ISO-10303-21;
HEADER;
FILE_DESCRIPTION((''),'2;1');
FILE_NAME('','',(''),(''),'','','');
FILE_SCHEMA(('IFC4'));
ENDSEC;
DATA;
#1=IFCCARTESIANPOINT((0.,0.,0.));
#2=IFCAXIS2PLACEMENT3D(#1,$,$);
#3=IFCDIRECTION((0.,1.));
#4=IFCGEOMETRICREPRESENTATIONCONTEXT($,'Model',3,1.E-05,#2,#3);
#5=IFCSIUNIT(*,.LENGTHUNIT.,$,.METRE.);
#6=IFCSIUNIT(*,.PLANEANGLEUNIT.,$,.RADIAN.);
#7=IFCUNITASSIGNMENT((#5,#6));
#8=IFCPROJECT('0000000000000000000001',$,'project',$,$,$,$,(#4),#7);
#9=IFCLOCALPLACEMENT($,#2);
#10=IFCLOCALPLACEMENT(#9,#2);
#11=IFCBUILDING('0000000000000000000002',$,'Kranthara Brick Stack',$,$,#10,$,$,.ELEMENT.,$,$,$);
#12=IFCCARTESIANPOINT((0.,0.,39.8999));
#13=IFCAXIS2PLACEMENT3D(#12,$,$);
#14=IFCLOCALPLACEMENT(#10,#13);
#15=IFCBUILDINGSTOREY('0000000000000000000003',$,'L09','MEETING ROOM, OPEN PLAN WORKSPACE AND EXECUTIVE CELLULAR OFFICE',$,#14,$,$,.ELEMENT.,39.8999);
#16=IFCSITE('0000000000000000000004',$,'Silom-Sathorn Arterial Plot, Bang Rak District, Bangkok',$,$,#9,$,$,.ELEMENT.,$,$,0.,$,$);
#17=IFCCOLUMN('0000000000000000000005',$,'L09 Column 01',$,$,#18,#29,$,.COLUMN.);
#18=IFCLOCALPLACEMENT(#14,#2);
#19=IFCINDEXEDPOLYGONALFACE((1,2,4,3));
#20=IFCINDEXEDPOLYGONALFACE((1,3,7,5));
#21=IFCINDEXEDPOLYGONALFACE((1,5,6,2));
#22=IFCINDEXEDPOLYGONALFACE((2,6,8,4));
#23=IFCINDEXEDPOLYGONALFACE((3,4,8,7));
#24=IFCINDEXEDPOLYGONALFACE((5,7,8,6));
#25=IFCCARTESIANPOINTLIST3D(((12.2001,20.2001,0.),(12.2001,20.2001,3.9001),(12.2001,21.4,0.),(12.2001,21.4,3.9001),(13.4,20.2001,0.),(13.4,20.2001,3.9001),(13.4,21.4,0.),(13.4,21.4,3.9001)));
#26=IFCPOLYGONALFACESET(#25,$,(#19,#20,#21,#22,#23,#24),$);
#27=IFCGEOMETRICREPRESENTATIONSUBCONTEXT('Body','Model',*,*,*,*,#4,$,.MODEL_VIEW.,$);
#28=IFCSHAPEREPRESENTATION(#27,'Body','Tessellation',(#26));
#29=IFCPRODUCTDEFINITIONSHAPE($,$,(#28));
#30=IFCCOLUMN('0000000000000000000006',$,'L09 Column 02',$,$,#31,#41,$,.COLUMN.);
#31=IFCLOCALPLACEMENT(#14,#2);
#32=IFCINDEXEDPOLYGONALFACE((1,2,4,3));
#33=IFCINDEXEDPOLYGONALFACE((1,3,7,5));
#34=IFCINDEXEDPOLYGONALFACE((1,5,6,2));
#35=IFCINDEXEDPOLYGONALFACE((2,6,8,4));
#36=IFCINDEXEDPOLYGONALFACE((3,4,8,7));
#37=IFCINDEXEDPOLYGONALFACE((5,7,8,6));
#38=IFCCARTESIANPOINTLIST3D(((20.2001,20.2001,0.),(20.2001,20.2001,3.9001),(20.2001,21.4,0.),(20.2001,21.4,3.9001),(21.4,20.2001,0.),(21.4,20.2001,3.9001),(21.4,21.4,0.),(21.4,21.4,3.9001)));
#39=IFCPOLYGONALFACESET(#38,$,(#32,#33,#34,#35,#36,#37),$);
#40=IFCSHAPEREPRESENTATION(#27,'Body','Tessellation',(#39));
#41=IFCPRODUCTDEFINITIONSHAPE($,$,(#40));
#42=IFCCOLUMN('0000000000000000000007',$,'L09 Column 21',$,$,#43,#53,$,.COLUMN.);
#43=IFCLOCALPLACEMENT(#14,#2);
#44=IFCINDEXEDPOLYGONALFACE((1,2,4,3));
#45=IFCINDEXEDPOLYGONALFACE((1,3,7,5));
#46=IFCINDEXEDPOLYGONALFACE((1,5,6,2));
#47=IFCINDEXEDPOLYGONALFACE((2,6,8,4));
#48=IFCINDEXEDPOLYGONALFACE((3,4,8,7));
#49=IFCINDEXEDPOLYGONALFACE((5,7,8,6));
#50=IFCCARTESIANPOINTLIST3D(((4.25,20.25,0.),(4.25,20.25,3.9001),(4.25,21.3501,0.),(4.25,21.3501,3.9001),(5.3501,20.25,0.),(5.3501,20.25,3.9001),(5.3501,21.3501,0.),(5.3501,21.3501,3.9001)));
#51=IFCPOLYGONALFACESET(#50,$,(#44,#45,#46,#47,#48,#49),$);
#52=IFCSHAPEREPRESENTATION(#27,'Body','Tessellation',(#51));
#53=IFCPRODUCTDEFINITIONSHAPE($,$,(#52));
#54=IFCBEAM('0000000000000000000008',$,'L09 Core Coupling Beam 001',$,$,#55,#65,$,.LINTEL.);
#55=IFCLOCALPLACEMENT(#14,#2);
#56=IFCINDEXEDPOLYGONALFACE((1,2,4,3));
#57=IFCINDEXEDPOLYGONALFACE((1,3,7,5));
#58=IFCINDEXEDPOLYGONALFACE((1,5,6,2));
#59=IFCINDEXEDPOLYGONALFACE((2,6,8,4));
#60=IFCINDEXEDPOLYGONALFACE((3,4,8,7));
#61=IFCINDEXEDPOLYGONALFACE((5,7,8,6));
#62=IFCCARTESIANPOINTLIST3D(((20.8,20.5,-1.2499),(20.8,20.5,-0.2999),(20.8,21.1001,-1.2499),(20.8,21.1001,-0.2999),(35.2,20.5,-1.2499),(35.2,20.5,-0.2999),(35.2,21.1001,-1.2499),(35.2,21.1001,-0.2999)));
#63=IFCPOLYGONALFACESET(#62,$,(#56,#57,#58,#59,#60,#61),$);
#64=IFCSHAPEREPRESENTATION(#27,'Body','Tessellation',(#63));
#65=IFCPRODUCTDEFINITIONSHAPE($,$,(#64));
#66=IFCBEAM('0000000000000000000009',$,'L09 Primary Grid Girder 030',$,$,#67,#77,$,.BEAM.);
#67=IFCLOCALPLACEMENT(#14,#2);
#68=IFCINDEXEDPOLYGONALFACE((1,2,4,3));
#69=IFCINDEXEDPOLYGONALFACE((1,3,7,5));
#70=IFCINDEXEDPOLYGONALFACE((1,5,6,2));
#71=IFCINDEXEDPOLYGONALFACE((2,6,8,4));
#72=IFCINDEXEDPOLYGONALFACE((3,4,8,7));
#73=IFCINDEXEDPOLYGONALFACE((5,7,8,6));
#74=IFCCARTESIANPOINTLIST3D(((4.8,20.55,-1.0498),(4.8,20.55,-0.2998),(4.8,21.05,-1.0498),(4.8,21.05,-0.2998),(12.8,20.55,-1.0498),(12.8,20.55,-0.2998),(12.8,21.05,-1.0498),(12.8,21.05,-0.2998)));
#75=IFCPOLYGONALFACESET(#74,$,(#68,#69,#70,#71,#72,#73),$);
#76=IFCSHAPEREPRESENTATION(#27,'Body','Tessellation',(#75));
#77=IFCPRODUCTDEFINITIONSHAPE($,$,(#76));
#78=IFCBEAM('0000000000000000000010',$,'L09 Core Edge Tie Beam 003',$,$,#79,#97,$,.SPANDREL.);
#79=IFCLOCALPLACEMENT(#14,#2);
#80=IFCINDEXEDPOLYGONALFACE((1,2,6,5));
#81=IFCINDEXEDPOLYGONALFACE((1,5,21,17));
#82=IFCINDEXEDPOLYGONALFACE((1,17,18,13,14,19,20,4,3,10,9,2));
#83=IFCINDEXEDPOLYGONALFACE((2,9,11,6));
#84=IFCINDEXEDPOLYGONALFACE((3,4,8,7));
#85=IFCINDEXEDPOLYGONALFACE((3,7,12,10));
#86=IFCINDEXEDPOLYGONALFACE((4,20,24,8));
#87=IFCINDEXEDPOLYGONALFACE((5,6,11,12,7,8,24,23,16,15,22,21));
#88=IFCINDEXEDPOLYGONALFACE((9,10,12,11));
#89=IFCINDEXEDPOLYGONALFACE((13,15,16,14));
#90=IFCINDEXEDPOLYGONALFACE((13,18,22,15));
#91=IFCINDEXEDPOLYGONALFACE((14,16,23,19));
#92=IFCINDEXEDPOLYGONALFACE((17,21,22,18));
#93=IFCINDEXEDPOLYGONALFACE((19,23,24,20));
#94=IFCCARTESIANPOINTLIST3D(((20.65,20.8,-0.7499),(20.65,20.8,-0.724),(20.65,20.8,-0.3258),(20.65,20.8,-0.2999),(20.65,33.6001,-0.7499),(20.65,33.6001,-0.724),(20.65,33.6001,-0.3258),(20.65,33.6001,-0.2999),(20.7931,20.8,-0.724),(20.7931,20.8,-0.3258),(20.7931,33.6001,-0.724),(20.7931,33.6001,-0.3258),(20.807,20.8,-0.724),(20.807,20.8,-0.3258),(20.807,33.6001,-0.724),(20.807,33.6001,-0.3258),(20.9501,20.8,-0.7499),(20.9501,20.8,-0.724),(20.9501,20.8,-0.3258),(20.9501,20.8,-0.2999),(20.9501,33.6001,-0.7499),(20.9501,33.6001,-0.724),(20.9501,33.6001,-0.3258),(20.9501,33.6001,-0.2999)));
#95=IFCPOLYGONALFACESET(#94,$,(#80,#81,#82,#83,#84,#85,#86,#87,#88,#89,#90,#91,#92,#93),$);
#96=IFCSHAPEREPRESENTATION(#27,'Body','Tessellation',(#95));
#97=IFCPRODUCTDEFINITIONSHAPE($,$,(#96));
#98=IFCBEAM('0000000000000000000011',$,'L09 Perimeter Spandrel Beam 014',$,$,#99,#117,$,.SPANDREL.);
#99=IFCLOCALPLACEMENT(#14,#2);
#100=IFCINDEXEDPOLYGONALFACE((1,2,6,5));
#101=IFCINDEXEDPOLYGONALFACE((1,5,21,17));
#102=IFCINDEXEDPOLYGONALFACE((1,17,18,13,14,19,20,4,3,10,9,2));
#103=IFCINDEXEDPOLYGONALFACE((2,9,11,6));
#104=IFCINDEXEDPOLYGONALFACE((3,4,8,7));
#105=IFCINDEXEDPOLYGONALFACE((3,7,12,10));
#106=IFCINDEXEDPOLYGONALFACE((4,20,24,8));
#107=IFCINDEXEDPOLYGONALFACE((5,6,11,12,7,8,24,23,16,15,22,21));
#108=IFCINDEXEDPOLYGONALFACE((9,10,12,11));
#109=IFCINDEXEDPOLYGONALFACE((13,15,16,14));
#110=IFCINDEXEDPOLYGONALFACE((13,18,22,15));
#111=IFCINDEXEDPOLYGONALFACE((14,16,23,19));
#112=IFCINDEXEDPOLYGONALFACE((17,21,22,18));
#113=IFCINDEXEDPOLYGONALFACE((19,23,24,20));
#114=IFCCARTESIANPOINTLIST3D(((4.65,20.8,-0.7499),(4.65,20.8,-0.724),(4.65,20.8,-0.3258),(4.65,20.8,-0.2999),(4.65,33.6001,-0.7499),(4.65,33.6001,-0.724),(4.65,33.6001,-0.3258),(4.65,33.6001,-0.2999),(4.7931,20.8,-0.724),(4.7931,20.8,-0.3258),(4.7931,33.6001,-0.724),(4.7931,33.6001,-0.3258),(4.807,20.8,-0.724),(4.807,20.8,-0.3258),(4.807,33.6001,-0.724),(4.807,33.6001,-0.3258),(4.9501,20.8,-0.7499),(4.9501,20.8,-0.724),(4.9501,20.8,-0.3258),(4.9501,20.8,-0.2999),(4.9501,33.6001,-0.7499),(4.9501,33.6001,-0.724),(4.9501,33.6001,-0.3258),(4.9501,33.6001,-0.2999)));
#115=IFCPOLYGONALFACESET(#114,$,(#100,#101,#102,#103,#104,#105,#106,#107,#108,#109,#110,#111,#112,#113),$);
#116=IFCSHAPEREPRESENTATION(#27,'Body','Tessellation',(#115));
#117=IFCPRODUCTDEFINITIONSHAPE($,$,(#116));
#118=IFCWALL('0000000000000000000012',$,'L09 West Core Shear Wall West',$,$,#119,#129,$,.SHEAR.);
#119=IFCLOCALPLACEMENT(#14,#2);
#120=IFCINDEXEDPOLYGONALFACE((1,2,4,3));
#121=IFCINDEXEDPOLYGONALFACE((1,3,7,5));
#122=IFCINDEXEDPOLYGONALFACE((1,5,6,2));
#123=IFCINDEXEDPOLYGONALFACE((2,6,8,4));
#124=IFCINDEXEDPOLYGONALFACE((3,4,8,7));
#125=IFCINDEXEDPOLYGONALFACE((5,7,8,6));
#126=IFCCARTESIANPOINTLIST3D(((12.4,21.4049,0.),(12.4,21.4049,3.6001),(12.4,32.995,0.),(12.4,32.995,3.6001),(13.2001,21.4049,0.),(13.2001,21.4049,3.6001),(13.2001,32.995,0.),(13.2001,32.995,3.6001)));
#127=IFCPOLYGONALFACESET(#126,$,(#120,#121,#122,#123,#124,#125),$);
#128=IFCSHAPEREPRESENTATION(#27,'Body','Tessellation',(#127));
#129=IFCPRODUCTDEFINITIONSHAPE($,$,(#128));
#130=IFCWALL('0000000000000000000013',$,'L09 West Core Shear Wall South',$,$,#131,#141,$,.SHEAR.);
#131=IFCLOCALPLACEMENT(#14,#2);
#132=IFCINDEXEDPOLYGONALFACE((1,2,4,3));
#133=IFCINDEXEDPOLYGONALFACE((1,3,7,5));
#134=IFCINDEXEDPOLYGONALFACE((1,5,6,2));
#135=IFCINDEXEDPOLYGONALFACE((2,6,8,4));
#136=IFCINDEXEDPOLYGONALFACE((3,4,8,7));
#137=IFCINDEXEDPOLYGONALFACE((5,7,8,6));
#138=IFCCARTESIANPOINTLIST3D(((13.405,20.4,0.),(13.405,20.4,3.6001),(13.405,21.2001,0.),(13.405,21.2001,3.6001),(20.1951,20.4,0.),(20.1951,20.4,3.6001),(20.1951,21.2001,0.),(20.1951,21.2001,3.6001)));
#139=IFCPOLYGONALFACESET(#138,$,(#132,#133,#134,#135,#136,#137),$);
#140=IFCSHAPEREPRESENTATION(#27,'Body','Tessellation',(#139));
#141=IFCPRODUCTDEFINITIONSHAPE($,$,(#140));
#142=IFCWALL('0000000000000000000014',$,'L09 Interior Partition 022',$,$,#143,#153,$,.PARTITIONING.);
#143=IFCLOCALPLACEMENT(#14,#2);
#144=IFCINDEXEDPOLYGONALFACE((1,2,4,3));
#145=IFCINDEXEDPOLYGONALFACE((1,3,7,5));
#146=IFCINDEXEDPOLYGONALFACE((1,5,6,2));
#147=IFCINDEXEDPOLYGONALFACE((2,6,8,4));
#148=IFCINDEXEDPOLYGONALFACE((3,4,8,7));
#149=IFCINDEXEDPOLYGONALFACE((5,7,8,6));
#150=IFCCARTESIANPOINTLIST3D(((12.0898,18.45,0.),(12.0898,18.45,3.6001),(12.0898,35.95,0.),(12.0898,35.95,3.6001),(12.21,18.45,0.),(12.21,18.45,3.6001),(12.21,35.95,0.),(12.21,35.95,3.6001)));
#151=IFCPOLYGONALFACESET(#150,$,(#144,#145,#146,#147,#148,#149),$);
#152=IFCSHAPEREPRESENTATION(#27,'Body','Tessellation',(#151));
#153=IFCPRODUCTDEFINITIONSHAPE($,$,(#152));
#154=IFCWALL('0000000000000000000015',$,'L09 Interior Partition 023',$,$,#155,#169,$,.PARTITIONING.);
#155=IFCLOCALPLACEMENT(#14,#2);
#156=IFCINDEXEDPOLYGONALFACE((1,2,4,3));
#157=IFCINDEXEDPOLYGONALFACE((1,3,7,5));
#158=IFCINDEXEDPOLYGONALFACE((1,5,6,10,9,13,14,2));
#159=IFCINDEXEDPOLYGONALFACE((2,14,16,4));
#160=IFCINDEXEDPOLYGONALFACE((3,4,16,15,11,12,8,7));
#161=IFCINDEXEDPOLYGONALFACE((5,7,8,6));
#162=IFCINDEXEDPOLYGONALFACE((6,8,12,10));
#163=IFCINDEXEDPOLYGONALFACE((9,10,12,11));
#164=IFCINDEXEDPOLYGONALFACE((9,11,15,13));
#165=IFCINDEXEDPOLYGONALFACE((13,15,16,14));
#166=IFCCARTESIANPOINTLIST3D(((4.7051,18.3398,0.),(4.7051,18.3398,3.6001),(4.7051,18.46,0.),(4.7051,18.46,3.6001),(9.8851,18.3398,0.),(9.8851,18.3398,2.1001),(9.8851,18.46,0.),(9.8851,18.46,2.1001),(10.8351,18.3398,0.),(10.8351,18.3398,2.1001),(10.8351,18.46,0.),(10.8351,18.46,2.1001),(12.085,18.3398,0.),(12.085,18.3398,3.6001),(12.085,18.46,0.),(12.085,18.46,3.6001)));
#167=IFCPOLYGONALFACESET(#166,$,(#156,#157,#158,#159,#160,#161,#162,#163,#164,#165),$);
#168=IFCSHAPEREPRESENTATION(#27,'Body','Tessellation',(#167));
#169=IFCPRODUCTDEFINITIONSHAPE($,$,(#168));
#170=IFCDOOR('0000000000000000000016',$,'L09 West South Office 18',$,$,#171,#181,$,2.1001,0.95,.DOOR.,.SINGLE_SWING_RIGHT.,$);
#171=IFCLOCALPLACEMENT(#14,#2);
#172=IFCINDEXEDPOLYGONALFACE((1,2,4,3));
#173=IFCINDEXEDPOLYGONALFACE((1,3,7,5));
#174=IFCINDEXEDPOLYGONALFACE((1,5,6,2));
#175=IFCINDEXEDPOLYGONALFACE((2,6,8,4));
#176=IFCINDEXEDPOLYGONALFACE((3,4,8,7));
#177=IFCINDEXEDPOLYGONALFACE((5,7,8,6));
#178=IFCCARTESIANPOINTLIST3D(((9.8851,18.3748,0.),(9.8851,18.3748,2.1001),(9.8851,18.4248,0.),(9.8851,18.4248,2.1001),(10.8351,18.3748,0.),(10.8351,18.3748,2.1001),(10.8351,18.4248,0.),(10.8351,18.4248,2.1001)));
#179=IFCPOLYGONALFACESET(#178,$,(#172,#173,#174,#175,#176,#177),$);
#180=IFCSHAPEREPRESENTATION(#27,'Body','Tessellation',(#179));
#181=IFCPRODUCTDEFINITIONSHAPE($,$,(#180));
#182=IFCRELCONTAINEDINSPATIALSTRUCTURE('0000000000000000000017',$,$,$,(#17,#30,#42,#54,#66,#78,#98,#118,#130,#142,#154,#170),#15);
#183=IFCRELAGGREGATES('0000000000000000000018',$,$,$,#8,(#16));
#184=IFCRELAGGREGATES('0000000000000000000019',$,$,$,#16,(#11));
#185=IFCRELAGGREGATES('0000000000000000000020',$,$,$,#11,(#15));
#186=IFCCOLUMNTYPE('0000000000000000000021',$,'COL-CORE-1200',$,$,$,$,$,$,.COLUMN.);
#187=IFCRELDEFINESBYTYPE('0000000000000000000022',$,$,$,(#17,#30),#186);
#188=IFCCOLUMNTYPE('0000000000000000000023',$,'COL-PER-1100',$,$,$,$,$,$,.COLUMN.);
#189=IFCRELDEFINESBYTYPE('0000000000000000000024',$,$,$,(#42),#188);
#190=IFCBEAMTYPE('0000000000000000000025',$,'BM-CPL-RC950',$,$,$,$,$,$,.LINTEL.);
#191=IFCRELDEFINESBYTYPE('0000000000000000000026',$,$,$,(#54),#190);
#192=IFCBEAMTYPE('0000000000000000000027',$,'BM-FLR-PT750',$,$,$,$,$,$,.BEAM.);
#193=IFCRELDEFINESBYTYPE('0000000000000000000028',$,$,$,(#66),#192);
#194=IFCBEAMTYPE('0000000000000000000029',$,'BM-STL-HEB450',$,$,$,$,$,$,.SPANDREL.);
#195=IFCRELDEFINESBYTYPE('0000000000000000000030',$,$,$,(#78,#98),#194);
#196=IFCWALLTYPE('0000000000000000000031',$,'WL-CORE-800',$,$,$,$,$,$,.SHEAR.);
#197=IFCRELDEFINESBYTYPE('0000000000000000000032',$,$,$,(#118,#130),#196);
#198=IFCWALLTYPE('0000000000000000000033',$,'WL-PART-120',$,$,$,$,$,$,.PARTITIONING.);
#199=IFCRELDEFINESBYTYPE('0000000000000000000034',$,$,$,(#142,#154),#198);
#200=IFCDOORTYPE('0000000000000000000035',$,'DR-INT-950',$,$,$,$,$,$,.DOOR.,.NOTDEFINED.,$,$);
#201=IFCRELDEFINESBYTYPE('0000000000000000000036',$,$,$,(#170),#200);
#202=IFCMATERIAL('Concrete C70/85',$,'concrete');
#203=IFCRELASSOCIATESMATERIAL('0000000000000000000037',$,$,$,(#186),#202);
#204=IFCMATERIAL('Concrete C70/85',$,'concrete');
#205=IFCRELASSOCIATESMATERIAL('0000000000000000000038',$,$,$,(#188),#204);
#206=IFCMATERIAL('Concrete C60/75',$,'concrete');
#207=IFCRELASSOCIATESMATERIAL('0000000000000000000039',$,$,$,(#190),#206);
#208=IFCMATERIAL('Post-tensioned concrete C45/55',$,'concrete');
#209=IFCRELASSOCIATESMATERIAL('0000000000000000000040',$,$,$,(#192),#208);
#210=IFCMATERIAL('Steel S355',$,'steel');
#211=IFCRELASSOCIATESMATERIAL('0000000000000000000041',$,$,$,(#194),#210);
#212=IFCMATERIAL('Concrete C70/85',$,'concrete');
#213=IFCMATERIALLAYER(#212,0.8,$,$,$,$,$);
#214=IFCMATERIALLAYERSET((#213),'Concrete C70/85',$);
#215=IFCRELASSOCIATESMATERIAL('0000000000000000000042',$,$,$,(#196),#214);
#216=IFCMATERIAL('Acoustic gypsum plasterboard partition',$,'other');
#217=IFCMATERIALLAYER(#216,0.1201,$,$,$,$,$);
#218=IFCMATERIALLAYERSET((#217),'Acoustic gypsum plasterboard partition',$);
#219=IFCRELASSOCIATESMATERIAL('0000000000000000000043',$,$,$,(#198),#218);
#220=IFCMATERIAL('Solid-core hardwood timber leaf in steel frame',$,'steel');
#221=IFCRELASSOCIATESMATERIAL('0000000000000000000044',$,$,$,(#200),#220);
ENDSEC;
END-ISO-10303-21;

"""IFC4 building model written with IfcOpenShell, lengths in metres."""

from ifc_helpers import new_model, si_unit, direction, frame, frame_2d, origin, origin_2d, place, context, subcontext, project, spatial, rectangle, i_section, extrude, material, layer, layer_set, material_profile, profile_set, type_object, element, fill, save


model = new_model("IFC4")

# Units and contexts
model_context = context("Model", 3, precision=1e-05, world=origin(), true_north=direction((0.0, 1.0)))
body_context = subcontext(model_context, "Body", "Model", "MODEL_VIEW")
ifc_project = project(units=[si_unit("LENGTHUNIT", "METRE"), si_unit("PLANEANGLEUNIT", "RADIAN")], contexts=[model_context])

# Site, building, storey
site_placement = place(None, origin())
site = spatial("IfcSite", under=ifc_project, at=site_placement, Name="Silom-Sathorn Arterial Plot, Bang Rak District, Bangkok", CompositionType="ELEMENT", RefElevation=0.0)
building_placement = place(site_placement, origin())
building = spatial("IfcBuilding", under=site, at=building_placement, Name="Kranthara Brick Stack", CompositionType="ELEMENT")
storey_placement = place(building_placement, frame((0.0, 0.0, 39.8999)))
storey = spatial("IfcBuildingStorey", under=building, at=storey_placement, Name="L09", Description="MEETING ROOM, OPEN PLAN WORKSPACE AND EXECUTIVE CELLULAR OFFICE", CompositionType="ELEMENT", Elevation=39.8999)

# Columns
ifc_material_1 = material(Name="Concrete C70/85", Category="concrete")
ifc_material_profile_1 = material_profile(ifc_material_1, rectangle(XDim=1.2, YDim=1.2, at=origin_2d()), Name="RC 1200x1200")
ifc_profile_set_1 = profile_set([ifc_material_profile_1], Name="Concrete C70/85")
column_type_1 = type_object("IfcColumnType", Name="COL-CORE-1200", PredefinedType="COLUMN", material=ifc_profile_set_1)
for number, where, z_axis, x_axis, name in (
    (1, (12.8, 20.8, 0.0), (0.0, 0.0, 1.0), (1.0, 0.0, 0.0), "L09 Column 01"),
    (2, (20.8, 20.8, 0.0), (0.0, 0.0, 1.0), (1.0, 0.0, 0.0), "L09 Column 02"),
):
    element("IfcColumn", number, at=place(storey_placement, frame(where, z_axis=z_axis, x_axis=x_axis)), inside=storey, type_object=column_type_1, Name=name, PredefinedType="COLUMN", context=body_context, shape_type="SweptSolid", body=[
        extrude(rectangle(XDim=1.2, YDim=1.2, at=origin_2d()), origin(), (0.0, 0.0, 1.0), 3.9001),
    ])
ifc_material_2 = material(Name="Concrete C70/85", Category="concrete")
ifc_material_profile_2 = material_profile(ifc_material_2, rectangle(XDim=1.1001, YDim=1.1001, at=origin_2d()), Name="RC 1100x1100")
ifc_profile_set_2 = profile_set([ifc_material_profile_2], Name="Concrete C70/85")
column_type_2 = type_object("IfcColumnType", Name="COL-PER-1100", PredefinedType="COLUMN", material=ifc_profile_set_2)
column_placement = place(storey_placement, frame((4.8, 20.8, 0.0), z_axis=(0.0, 0.0, 1.0), x_axis=(1.0, 0.0, 0.0)))
element("IfcColumn", 3, at=column_placement, inside=storey, type_object=column_type_2, Name="L09 Column 21", PredefinedType="COLUMN", context=body_context, shape_type="SweptSolid", body=[
    extrude(rectangle(XDim=1.1001, YDim=1.1001, at=origin_2d()), origin(), (0.0, 0.0, 1.0), 3.9001),
])

# Beams
ifc_material_3 = material(Name="Concrete C60/75", Category="concrete")
ifc_material_profile_3 = material_profile(ifc_material_3, rectangle(XDim=0.6001, YDim=0.95, at=origin_2d()), Name="RC 600x950")
ifc_profile_set_3 = profile_set([ifc_material_profile_3], Name="Concrete C60/75")
beam_type_1 = type_object("IfcBeamType", Name="BM-CPL-RC950", PredefinedType="LINTEL", material=ifc_profile_set_3)
beam_1_placement = place(storey_placement, frame((20.8, 20.8, -0.7749), z_axis=(1.0, 0.0, 0.0), x_axis=(0.0, 1.0, 0.0)))
element("IfcBeam", 4, at=beam_1_placement, inside=storey, type_object=beam_type_1, Name="L09 Core Coupling Beam 001", PredefinedType="LINTEL", context=body_context, shape_type="SweptSolid", body=[
    extrude(rectangle(XDim=0.6001, YDim=0.95, at=origin_2d()), origin(), (0.0, 0.0, 1.0), 14.3999),
])
ifc_material_4 = material(Name="Post-tensioned concrete C45/55", Category="concrete")
ifc_material_profile_4 = material_profile(ifc_material_4, rectangle(XDim=0.5, YDim=0.75, at=origin_2d()), Name="PT 500x750")
ifc_profile_set_4 = profile_set([ifc_material_profile_4], Name="Post-tensioned concrete C45/55")
beam_type_2 = type_object("IfcBeamType", Name="BM-FLR-PT750", PredefinedType="BEAM", material=ifc_profile_set_4)
beam_2_placement = place(storey_placement, frame((4.8, 20.8, -0.6748), z_axis=(1.0, 0.0, 0.0), x_axis=(0.0, 1.0, 0.0)))
element("IfcBeam", 5, at=beam_2_placement, inside=storey, type_object=beam_type_2, Name="L09 Primary Grid Girder 030", PredefinedType="BEAM", context=body_context, shape_type="SweptSolid", body=[
    extrude(rectangle(XDim=0.5, YDim=0.75, at=origin_2d()), origin(), (0.0, 0.0, 1.0), 8.0),
])
ifc_material_5 = material(Name="Steel S355", Category="steel")
ifc_material_profile_5 = material_profile(ifc_material_5, i_section(OverallWidth=0.3, OverallDepth=0.45, WebThickness=0.0139, FlangeThickness=0.0259, at=origin_2d()), Name="HEB 450")
ifc_profile_set_5 = profile_set([ifc_material_profile_5], Name="Steel S355")
beam_type_3 = type_object("IfcBeamType", Name="BM-STL-HEB450", PredefinedType="SPANDREL", material=ifc_profile_set_5)
for number, where, z_axis, x_axis, name in (
    (6, (20.8, 20.8, -0.5249), (0.0, 1.0, 0.0), (-1.0, 0.0, 0.0), "L09 Core Edge Tie Beam 003"),
    (7, (4.8, 20.8, -0.5249), (0.0, 1.0, 0.0), (-1.0, 0.0, 0.0), "L09 Perimeter Spandrel Beam 014"),
):
    element("IfcBeam", number, at=place(storey_placement, frame(where, z_axis=z_axis, x_axis=x_axis)), inside=storey, type_object=beam_type_3, Name=name, PredefinedType="SPANDREL", context=body_context, shape_type="SweptSolid", body=[
        extrude(i_section(OverallWidth=0.3, OverallDepth=0.45, WebThickness=0.0139, FlangeThickness=0.0259, at=origin_2d()), origin(), (0.0, 0.0, 1.0), 12.8),
    ])

# Walls
ifc_material_6 = material(Name="Concrete C70/85", Category="concrete")
ifc_layer_1 = layer(ifc_material_6, 0.8)
ifc_layer_set_1 = layer_set([ifc_layer_1], Name="Concrete C70/85")
wall_type_1 = type_object("IfcWallType", Name="WL-CORE-800", PredefinedType="SHEAR", material=ifc_layer_set_1)
wall_1_placement = place(storey_placement, frame((12.8, 21.405, 0.0), z_axis=(0.0, 0.0, 1.0), x_axis=(0.0, 1.0, 0.0)))
element("IfcWall", 8, at=wall_1_placement, inside=storey, type_object=wall_type_1, Name="L09 West Core Shear Wall West", PredefinedType="SHEAR", context=body_context, shape_type="SweptSolid", body=[
    extrude(rectangle(XDim=11.5901, YDim=0.8, at=frame_2d((5.7949, 0.0))), origin(), (0.0, 0.0, 1.0), 3.6001),
])
wall_2_placement = place(storey_placement, frame((13.405, 20.8, 0.0), z_axis=(0.0, 0.0, 1.0), x_axis=(1.0, 0.0, 0.0)))
element("IfcWall", 9, at=wall_2_placement, inside=storey, type_object=wall_type_1, Name="L09 West Core Shear Wall South", PredefinedType="SHEAR", context=body_context, shape_type="SweptSolid", body=[
    extrude(rectangle(XDim=6.79, YDim=0.8, at=frame_2d((3.395, 0.0))), origin(), (0.0, 0.0, 1.0), 3.6001),
])

# Wall
ifc_material_7 = material(Name="Acoustic gypsum plasterboard partition", Category="other")
ifc_layer_2 = layer(ifc_material_7, 0.1201)
ifc_layer_set_2 = layer_set([ifc_layer_2], Name="Acoustic gypsum plasterboard partition")
wall_type_2 = type_object("IfcWallType", Name="WL-PART-120", PredefinedType="PARTITIONING", material=ifc_layer_set_2)
wall_3_placement = place(storey_placement, frame((12.1499, 18.45, 0.0), z_axis=(0.0, 0.0, 1.0), x_axis=(0.0, 1.0, 0.0)))
element("IfcWall", 10, at=wall_3_placement, inside=storey, type_object=wall_type_2, Name="L09 Interior Partition 022", PredefinedType="PARTITIONING", context=body_context, shape_type="SweptSolid", body=[
    extrude(rectangle(XDim=17.5, YDim=0.1201, at=frame_2d((8.75, 0.0))), origin(), (0.0, 0.0, 1.0), 3.6001),
])

# Wall, opening, door
wall_4_placement = place(storey_placement, frame((4.7051, 18.3999, 0.0), z_axis=(0.0, 0.0, 1.0), x_axis=(1.0, 0.0, 0.0)))
wall_4 = element("IfcWall", 11, at=wall_4_placement, inside=storey, type_object=wall_type_2, Name="L09 Interior Partition 023", PredefinedType="PARTITIONING", context=body_context, shape_type="SweptSolid", body=[
    extrude(rectangle(XDim=7.3799, YDim=0.1201, at=frame_2d((3.6899, 0.0))), origin(), (0.0, 0.0, 1.0), 3.6001),
])
opening_1_placement = place(wall_4_placement, frame((5.1799, 0.0, 0.0)))
opening_1 = element("IfcOpeningElement", 12, at=opening_1_placement, cuts=wall_4, PredefinedType="OPENING", context=body_context, shape_type="SweptSolid", body=[
    extrude(rectangle(XDim=0.95, YDim=2.1001, at=frame_2d((0.4751, 1.05))), frame((0.0, 0.0701, 0.0), z_axis=(0.0, -1.0, 0.0), x_axis=(1.0, 0.0, 0.0)), (0.0, 0.0, 1.0), 0.1401),
])
ifc_material_8 = material(Name="Solid-core hardwood timber leaf in steel frame", Category="steel")
door_type_1 = type_object("IfcDoorType", Name="DR-INT-950", OperationType="NOTDEFINED", PredefinedType="DOOR", material=ifc_material_8)
door_1_placement = place(opening_1_placement, origin())
door_1 = element("IfcDoor", 13, at=door_1_placement, inside=storey, type_object=door_type_1, Name="L09 West South Office 18", OperationType="SINGLE_SWING_RIGHT", OverallHeight=2.1001, OverallWidth=0.95, PredefinedType="DOOR", context=body_context, shape_type="SweptSolid", body=[
    extrude(rectangle(XDim=0.95, YDim=2.1001, at=frame_2d((0.4751, 1.05))), frame((0.0, 0.0249, 0.0), z_axis=(0.0, -1.0, 0.0), x_axis=(1.0, 0.0, 0.0)), (0.0, 0.0, 1.0), 0.05),
])
fill(opening_1, door_1)

save(model, "model.ifc")
